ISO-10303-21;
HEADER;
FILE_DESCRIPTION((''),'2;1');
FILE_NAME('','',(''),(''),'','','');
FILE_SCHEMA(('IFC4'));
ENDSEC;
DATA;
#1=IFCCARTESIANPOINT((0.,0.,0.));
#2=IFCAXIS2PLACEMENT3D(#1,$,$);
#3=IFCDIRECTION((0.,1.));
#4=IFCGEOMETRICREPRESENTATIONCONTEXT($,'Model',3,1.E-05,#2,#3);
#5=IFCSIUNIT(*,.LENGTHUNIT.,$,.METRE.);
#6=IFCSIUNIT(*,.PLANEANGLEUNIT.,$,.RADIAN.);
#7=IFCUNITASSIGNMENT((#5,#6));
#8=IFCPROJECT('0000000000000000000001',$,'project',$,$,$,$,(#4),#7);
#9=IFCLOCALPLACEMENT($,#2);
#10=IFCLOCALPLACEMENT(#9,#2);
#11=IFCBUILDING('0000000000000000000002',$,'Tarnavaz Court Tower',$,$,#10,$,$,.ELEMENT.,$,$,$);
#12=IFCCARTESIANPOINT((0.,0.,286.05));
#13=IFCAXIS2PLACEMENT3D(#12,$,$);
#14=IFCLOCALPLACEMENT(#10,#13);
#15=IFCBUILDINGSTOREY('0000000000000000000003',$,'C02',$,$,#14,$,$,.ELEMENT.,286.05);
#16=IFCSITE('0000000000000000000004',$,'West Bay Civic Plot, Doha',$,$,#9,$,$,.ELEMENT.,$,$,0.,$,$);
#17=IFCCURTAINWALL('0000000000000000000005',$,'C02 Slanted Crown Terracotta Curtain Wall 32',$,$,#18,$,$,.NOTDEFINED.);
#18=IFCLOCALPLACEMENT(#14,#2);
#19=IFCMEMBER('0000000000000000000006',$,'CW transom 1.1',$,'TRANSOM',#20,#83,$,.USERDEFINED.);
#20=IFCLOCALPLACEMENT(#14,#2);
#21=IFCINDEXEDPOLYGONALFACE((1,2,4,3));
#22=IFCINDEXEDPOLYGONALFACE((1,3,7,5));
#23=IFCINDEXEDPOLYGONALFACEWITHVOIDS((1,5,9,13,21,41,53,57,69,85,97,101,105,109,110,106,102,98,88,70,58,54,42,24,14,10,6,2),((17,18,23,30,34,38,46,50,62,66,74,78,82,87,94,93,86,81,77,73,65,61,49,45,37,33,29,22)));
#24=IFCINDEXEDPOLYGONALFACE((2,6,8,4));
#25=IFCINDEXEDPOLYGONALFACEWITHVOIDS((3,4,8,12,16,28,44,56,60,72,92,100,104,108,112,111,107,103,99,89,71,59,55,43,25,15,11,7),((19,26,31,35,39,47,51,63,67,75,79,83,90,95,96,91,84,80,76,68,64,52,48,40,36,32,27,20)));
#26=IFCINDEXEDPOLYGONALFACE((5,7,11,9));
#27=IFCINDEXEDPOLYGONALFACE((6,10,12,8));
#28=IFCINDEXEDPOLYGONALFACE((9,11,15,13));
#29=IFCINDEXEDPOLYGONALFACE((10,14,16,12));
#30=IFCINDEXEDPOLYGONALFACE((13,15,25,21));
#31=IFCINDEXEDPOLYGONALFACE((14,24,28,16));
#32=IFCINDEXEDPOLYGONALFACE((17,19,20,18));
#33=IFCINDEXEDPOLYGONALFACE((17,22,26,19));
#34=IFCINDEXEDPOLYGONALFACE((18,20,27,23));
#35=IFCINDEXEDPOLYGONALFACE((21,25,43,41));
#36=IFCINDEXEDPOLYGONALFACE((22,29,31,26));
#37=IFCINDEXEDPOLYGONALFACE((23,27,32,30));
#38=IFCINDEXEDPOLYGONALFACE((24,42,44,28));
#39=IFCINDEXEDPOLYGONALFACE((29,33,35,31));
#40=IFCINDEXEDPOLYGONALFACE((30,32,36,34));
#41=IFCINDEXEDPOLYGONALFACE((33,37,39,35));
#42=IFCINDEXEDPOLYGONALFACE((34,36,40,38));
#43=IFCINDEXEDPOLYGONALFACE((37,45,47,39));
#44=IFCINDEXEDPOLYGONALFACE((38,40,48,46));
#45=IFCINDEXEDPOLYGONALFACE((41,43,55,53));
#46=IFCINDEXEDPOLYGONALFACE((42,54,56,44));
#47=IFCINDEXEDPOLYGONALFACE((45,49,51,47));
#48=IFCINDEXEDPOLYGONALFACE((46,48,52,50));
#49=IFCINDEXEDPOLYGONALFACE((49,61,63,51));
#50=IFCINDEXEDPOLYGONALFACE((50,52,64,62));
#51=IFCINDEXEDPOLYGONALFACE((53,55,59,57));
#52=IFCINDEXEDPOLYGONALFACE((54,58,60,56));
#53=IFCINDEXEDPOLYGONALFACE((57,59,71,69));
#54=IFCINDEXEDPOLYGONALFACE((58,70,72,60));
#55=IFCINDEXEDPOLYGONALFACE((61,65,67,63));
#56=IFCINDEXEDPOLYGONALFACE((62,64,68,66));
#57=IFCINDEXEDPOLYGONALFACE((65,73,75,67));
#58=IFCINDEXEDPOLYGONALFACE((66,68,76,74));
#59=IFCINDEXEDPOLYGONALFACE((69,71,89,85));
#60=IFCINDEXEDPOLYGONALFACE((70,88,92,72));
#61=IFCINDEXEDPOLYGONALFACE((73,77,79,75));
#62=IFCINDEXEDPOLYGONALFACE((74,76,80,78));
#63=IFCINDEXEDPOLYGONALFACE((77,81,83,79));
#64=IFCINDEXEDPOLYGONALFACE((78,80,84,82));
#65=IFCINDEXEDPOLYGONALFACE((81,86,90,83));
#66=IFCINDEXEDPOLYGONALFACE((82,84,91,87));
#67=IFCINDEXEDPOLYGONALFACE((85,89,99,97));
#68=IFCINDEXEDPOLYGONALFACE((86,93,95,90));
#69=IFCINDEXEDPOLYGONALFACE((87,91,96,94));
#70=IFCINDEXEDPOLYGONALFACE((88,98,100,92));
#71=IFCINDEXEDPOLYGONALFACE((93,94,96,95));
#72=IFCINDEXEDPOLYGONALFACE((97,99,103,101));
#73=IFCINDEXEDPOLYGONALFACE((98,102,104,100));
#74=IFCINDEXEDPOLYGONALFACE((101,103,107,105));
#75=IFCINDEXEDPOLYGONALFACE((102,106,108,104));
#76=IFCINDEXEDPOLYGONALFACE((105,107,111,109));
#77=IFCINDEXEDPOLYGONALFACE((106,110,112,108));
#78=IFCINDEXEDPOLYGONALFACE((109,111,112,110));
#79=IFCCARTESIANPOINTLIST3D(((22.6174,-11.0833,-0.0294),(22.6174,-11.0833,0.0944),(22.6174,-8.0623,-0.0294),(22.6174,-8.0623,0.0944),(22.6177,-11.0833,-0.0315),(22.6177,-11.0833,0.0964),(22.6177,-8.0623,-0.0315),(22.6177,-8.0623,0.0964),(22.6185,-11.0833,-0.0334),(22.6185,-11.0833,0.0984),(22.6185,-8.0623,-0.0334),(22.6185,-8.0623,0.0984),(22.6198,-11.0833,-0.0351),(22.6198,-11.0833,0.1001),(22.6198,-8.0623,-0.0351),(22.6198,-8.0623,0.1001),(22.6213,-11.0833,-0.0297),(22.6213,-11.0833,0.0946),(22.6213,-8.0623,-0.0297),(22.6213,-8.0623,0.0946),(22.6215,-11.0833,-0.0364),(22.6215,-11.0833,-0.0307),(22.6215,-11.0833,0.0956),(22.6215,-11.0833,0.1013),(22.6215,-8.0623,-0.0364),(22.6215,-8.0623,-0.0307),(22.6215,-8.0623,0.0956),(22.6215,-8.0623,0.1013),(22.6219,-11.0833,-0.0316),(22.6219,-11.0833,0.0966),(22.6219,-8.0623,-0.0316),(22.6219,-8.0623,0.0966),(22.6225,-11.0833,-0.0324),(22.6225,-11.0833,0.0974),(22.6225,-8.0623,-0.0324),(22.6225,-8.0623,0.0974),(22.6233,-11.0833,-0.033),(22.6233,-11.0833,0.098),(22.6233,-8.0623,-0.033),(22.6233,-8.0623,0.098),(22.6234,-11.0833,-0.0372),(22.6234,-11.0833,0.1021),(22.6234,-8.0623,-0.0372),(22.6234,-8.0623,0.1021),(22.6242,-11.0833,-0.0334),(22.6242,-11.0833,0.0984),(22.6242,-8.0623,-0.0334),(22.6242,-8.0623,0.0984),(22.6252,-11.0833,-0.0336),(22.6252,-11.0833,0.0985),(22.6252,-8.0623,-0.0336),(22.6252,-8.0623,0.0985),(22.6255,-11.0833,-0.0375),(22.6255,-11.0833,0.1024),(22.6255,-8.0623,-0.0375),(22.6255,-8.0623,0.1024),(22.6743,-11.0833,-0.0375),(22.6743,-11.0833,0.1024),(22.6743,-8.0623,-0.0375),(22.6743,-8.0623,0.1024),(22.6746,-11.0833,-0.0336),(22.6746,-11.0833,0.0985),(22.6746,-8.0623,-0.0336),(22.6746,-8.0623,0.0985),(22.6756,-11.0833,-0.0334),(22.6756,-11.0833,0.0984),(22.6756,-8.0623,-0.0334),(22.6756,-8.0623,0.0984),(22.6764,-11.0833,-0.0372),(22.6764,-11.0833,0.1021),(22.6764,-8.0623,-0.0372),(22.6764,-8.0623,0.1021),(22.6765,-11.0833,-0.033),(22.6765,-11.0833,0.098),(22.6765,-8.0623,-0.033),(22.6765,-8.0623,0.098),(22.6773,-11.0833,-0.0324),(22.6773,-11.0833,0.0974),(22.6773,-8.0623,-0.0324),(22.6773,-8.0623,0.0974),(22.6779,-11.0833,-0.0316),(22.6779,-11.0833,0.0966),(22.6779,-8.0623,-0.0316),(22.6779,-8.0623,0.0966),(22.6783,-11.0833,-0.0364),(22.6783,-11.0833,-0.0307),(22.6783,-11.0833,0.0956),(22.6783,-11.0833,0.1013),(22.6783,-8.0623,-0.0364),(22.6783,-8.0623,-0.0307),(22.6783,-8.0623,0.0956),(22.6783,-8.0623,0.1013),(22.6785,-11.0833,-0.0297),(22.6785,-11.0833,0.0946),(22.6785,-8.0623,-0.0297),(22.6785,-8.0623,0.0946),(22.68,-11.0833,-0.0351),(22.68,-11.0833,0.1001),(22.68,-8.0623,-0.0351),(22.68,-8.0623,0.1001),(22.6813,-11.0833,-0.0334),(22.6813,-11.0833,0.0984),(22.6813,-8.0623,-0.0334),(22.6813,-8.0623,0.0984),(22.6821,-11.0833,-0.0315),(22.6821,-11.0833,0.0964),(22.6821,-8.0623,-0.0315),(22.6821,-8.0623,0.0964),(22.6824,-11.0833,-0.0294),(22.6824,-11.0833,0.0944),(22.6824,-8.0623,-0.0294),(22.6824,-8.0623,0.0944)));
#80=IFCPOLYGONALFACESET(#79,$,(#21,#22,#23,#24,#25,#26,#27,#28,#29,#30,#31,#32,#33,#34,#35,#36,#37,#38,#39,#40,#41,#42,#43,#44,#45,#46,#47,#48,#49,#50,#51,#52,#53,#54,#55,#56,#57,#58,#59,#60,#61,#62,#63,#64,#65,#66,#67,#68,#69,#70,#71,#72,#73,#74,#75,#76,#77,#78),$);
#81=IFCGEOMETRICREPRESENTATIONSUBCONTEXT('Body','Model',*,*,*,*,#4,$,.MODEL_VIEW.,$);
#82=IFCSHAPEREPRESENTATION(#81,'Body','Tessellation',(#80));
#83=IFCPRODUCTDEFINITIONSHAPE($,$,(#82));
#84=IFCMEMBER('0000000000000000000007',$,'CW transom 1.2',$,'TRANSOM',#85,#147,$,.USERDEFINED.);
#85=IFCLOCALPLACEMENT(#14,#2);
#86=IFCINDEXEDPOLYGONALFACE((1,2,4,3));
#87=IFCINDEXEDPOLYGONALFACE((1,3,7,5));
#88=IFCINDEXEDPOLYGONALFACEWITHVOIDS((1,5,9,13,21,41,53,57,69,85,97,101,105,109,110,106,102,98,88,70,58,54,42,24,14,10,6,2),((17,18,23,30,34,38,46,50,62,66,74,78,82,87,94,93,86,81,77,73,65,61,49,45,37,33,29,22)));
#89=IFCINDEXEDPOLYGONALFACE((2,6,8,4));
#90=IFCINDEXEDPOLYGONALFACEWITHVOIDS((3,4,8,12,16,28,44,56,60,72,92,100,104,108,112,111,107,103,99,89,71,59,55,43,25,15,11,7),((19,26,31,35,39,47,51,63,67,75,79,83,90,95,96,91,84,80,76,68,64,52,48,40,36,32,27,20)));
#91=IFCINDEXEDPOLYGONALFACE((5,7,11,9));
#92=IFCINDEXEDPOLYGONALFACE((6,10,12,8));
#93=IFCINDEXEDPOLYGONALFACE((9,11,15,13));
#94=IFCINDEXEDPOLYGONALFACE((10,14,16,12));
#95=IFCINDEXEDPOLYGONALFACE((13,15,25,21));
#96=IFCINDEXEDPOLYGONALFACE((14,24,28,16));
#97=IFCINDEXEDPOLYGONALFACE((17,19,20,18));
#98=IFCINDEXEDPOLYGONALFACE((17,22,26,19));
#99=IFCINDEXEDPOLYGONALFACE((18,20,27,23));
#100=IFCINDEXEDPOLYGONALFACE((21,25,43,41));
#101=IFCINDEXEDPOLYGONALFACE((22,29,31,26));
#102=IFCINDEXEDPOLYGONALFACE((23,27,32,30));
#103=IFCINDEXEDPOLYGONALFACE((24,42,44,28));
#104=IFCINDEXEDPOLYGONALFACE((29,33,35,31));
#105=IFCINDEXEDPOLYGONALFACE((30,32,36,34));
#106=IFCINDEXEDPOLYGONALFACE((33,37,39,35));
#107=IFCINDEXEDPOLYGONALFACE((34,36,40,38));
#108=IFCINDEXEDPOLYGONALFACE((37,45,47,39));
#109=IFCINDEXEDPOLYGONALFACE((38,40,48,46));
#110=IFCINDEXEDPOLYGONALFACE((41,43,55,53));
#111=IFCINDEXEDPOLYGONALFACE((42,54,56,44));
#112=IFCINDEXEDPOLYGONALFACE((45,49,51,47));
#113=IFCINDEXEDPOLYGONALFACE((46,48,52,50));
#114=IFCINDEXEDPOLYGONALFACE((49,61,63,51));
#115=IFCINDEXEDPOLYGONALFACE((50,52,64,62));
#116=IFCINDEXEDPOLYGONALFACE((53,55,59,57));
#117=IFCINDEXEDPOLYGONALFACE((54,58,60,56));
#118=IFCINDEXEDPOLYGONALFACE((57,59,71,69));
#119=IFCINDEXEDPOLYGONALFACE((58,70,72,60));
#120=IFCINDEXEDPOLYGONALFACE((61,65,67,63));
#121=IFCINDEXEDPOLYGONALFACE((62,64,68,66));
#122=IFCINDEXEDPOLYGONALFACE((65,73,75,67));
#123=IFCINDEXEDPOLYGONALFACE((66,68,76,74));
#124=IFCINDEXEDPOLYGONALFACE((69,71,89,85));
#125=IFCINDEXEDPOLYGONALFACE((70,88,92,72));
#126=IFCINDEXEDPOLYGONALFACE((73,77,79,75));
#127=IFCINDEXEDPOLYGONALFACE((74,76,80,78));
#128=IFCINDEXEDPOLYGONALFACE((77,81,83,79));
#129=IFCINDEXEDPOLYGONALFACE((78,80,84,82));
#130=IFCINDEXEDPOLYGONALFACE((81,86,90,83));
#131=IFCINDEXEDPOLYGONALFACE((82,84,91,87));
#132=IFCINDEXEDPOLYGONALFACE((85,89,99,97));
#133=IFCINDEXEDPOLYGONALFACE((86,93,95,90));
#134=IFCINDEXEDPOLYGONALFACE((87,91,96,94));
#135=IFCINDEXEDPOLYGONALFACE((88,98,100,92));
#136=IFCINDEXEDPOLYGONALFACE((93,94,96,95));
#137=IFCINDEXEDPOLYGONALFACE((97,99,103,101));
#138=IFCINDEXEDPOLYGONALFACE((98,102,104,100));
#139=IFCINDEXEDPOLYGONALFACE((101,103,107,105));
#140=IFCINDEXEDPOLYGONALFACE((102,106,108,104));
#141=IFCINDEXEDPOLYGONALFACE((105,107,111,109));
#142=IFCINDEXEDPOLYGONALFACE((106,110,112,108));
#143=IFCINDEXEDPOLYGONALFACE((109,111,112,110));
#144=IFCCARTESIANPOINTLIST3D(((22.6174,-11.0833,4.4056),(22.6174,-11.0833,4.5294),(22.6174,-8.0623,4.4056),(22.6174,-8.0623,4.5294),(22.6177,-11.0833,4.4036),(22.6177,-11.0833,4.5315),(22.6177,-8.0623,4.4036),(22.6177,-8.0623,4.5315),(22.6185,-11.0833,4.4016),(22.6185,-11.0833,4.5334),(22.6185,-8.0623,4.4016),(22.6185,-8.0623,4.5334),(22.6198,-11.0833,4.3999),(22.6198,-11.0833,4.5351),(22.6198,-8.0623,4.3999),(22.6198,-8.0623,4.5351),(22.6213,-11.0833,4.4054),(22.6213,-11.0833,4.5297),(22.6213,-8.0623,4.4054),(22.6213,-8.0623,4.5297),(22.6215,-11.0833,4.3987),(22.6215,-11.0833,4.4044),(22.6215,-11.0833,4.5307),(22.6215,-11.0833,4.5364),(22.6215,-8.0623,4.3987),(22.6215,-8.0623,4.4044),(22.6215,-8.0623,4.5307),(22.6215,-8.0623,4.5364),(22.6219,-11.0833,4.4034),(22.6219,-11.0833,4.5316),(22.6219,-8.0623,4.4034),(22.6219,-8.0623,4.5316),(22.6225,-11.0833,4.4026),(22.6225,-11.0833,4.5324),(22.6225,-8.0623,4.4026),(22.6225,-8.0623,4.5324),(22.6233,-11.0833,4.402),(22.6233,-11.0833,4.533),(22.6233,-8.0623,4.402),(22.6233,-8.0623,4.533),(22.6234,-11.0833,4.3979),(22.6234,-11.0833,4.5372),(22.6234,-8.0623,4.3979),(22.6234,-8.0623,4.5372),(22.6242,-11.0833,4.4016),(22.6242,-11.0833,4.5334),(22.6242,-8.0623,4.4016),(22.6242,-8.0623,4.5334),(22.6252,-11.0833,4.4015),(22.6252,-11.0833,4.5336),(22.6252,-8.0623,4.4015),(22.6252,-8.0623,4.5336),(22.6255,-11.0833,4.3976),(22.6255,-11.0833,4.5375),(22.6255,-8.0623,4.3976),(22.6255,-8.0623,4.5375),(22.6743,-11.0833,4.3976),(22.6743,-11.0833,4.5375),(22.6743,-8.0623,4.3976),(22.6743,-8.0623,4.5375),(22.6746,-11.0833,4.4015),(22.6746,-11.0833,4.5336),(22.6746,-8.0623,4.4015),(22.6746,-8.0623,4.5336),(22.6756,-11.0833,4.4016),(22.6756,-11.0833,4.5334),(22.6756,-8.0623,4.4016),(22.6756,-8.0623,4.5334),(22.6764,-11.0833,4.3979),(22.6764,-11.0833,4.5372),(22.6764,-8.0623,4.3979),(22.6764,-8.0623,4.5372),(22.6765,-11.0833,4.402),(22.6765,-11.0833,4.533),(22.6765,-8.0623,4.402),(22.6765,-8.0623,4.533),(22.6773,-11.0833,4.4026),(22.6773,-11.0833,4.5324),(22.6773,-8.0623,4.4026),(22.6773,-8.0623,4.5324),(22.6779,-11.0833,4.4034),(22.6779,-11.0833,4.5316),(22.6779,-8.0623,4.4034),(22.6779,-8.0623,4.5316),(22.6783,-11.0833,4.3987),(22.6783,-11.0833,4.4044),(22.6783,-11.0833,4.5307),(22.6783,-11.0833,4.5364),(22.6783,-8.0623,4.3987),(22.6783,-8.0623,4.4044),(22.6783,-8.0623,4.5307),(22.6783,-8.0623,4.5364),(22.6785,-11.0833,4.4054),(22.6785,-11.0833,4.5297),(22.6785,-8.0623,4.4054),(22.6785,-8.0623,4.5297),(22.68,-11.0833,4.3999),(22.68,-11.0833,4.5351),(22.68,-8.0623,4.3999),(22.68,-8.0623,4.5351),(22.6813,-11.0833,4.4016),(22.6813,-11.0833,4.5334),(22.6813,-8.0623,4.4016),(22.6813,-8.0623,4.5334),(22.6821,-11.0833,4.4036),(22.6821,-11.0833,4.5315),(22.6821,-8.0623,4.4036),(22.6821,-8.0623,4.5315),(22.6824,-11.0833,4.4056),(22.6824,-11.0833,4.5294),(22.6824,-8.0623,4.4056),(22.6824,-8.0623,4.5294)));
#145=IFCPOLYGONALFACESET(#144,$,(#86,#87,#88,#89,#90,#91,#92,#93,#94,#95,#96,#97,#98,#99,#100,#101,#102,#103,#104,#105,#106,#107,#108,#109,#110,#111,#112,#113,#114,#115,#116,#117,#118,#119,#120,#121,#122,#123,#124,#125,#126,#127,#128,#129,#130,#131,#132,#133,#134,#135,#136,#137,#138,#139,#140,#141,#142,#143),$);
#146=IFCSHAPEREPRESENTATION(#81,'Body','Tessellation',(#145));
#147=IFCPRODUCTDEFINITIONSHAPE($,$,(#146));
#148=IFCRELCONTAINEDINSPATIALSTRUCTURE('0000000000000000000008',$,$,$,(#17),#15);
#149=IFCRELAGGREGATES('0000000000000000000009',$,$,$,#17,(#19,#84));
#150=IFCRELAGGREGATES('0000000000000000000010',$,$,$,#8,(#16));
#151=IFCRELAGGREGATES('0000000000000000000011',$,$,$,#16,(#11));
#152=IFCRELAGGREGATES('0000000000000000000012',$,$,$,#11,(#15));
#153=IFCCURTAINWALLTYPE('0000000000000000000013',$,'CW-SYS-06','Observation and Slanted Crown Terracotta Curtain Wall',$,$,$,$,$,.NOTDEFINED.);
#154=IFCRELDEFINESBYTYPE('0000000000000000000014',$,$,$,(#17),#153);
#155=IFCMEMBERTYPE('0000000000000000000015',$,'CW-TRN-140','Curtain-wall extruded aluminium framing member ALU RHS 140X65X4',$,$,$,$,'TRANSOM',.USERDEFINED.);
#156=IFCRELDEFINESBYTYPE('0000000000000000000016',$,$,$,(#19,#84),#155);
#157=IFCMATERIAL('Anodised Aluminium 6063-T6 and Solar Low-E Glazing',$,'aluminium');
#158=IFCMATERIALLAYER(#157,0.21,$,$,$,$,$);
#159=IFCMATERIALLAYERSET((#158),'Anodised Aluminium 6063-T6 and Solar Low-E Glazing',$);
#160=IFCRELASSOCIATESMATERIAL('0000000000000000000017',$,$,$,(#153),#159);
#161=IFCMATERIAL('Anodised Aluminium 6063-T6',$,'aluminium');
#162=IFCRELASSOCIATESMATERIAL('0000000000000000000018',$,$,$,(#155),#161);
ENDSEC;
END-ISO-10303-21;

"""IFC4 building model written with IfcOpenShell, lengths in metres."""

from ifc_helpers import new_model, si_unit, direction, frame, origin, origin_2d, place, context, subcontext, project, spatial, hollow_rectangle, extrude, material, layer, layer_set, material_profile, profile_set, type_object, element, aggregate, save


model = new_model("IFC4")

# Units and contexts
model_context = context("Model", 3, precision=1e-05, world=origin(), true_north=direction((0.0, 1.0)))
body_context = subcontext(model_context, "Body", "Model", "MODEL_VIEW")
ifc_project = project(units=[si_unit("LENGTHUNIT", "METRE"), si_unit("PLANEANGLEUNIT", "RADIAN")], contexts=[model_context])

# Site, building, storey
site_placement = place(None, origin())
site = spatial("IfcSite", under=ifc_project, at=site_placement, Name="West Bay Civic Plot, Doha", CompositionType="ELEMENT", RefElevation=0.0)
building_placement = place(site_placement, origin())
building = spatial("IfcBuilding", under=site, at=building_placement, Name="Tarnavaz Court Tower", CompositionType="ELEMENT")
storey_placement = place(building_placement, frame((0.0, 0.0, 286.05)))
storey = spatial("IfcBuildingStorey", under=building, at=storey_placement, Name="C02", CompositionType="ELEMENT", Elevation=286.05)

# Shared definitions
ifc_material_1 = material(Name="Anodised Aluminium 6063-T6 and Solar Low-E Glazing", Category="aluminium")
ifc_layer_1 = layer(ifc_material_1, 0.21)
ifc_layer_set_1 = layer_set([ifc_layer_1], Name="Anodised Aluminium 6063-T6 and Solar Low-E Glazing")
curtain_wall_type = type_object("IfcCurtainWallType", Name="CW-SYS-06", Description="Observation and Slanted Crown Terracotta Curtain Wall", PredefinedType="NOTDEFINED", material=ifc_layer_set_1)
ifc_material_2 = material(Name="Anodised Aluminium 6063-T6", Category="aluminium")

# Curtain wall
curtain_wall_1_placement = place(storey_placement, origin())
curtain_wall_1 = element("IfcCurtainWall", 1, at=curtain_wall_1_placement, inside=storey, type_object=curtain_wall_type, Name="C02 Slanted Crown Terracotta Curtain Wall 32", PredefinedType="NOTDEFINED")

# Members
ifc_material_profile_1 = material_profile(ifc_material_2, hollow_rectangle(XDim=0.0649, YDim=0.1399, WallThickness=0.0039, InnerFilletRadius=0.0039, OuterFilletRadius=0.0081, at=origin_2d()), Name="ALU RHS 140X65X4")
ifc_profile_set_1 = profile_set([ifc_material_profile_1], Name="Anodised Aluminium 6063-T6")
member_type_1 = type_object("IfcMemberType", Name="CW-TRN-140", Description="Curtain-wall extruded aluminium framing member ALU RHS 140X65X4", ElementType="TRANSOM", PredefinedType="USERDEFINED", material=ifc_profile_set_1)
member_1_placement = place(storey_placement, frame((22.6499, -8.0623, 0.0325), z_axis=(0.0, -1.0, 0.0), x_axis=(1.0, 0.0, 0.0)))
member_1 = element("IfcMember", 2, at=member_1_placement, type_object=member_type_1, Name="CW transom 1.1", ObjectType="TRANSOM", PredefinedType="USERDEFINED", context=body_context, shape_type="SweptSolid", body=[
    extrude(hollow_rectangle(XDim=0.0649, YDim=0.1399, WallThickness=0.0039, InnerFilletRadius=0.0039, OuterFilletRadius=0.0081, at=origin_2d()), origin(), (0.0, 0.0, 1.0), 3.021),
])
member_2_placement = place(storey_placement, frame((22.6499, -8.0623, 4.4675), z_axis=(0.0, -1.0, 0.0), x_axis=(1.0, 0.0, 0.0)))
member_2 = element("IfcMember", 3, at=member_2_placement, type_object=member_type_1, Name="CW transom 1.2", ObjectType="TRANSOM", PredefinedType="USERDEFINED", context=body_context, shape_type="SweptSolid", body=[
    extrude(hollow_rectangle(XDim=0.0649, YDim=0.1399, WallThickness=0.0039, InnerFilletRadius=0.0039, OuterFilletRadius=0.0081, at=origin_2d()), origin(), (0.0, 0.0, 1.0), 3.021),
])

aggregate(curtain_wall_1, [member_1, member_2])

save(model, "model.ifc")
